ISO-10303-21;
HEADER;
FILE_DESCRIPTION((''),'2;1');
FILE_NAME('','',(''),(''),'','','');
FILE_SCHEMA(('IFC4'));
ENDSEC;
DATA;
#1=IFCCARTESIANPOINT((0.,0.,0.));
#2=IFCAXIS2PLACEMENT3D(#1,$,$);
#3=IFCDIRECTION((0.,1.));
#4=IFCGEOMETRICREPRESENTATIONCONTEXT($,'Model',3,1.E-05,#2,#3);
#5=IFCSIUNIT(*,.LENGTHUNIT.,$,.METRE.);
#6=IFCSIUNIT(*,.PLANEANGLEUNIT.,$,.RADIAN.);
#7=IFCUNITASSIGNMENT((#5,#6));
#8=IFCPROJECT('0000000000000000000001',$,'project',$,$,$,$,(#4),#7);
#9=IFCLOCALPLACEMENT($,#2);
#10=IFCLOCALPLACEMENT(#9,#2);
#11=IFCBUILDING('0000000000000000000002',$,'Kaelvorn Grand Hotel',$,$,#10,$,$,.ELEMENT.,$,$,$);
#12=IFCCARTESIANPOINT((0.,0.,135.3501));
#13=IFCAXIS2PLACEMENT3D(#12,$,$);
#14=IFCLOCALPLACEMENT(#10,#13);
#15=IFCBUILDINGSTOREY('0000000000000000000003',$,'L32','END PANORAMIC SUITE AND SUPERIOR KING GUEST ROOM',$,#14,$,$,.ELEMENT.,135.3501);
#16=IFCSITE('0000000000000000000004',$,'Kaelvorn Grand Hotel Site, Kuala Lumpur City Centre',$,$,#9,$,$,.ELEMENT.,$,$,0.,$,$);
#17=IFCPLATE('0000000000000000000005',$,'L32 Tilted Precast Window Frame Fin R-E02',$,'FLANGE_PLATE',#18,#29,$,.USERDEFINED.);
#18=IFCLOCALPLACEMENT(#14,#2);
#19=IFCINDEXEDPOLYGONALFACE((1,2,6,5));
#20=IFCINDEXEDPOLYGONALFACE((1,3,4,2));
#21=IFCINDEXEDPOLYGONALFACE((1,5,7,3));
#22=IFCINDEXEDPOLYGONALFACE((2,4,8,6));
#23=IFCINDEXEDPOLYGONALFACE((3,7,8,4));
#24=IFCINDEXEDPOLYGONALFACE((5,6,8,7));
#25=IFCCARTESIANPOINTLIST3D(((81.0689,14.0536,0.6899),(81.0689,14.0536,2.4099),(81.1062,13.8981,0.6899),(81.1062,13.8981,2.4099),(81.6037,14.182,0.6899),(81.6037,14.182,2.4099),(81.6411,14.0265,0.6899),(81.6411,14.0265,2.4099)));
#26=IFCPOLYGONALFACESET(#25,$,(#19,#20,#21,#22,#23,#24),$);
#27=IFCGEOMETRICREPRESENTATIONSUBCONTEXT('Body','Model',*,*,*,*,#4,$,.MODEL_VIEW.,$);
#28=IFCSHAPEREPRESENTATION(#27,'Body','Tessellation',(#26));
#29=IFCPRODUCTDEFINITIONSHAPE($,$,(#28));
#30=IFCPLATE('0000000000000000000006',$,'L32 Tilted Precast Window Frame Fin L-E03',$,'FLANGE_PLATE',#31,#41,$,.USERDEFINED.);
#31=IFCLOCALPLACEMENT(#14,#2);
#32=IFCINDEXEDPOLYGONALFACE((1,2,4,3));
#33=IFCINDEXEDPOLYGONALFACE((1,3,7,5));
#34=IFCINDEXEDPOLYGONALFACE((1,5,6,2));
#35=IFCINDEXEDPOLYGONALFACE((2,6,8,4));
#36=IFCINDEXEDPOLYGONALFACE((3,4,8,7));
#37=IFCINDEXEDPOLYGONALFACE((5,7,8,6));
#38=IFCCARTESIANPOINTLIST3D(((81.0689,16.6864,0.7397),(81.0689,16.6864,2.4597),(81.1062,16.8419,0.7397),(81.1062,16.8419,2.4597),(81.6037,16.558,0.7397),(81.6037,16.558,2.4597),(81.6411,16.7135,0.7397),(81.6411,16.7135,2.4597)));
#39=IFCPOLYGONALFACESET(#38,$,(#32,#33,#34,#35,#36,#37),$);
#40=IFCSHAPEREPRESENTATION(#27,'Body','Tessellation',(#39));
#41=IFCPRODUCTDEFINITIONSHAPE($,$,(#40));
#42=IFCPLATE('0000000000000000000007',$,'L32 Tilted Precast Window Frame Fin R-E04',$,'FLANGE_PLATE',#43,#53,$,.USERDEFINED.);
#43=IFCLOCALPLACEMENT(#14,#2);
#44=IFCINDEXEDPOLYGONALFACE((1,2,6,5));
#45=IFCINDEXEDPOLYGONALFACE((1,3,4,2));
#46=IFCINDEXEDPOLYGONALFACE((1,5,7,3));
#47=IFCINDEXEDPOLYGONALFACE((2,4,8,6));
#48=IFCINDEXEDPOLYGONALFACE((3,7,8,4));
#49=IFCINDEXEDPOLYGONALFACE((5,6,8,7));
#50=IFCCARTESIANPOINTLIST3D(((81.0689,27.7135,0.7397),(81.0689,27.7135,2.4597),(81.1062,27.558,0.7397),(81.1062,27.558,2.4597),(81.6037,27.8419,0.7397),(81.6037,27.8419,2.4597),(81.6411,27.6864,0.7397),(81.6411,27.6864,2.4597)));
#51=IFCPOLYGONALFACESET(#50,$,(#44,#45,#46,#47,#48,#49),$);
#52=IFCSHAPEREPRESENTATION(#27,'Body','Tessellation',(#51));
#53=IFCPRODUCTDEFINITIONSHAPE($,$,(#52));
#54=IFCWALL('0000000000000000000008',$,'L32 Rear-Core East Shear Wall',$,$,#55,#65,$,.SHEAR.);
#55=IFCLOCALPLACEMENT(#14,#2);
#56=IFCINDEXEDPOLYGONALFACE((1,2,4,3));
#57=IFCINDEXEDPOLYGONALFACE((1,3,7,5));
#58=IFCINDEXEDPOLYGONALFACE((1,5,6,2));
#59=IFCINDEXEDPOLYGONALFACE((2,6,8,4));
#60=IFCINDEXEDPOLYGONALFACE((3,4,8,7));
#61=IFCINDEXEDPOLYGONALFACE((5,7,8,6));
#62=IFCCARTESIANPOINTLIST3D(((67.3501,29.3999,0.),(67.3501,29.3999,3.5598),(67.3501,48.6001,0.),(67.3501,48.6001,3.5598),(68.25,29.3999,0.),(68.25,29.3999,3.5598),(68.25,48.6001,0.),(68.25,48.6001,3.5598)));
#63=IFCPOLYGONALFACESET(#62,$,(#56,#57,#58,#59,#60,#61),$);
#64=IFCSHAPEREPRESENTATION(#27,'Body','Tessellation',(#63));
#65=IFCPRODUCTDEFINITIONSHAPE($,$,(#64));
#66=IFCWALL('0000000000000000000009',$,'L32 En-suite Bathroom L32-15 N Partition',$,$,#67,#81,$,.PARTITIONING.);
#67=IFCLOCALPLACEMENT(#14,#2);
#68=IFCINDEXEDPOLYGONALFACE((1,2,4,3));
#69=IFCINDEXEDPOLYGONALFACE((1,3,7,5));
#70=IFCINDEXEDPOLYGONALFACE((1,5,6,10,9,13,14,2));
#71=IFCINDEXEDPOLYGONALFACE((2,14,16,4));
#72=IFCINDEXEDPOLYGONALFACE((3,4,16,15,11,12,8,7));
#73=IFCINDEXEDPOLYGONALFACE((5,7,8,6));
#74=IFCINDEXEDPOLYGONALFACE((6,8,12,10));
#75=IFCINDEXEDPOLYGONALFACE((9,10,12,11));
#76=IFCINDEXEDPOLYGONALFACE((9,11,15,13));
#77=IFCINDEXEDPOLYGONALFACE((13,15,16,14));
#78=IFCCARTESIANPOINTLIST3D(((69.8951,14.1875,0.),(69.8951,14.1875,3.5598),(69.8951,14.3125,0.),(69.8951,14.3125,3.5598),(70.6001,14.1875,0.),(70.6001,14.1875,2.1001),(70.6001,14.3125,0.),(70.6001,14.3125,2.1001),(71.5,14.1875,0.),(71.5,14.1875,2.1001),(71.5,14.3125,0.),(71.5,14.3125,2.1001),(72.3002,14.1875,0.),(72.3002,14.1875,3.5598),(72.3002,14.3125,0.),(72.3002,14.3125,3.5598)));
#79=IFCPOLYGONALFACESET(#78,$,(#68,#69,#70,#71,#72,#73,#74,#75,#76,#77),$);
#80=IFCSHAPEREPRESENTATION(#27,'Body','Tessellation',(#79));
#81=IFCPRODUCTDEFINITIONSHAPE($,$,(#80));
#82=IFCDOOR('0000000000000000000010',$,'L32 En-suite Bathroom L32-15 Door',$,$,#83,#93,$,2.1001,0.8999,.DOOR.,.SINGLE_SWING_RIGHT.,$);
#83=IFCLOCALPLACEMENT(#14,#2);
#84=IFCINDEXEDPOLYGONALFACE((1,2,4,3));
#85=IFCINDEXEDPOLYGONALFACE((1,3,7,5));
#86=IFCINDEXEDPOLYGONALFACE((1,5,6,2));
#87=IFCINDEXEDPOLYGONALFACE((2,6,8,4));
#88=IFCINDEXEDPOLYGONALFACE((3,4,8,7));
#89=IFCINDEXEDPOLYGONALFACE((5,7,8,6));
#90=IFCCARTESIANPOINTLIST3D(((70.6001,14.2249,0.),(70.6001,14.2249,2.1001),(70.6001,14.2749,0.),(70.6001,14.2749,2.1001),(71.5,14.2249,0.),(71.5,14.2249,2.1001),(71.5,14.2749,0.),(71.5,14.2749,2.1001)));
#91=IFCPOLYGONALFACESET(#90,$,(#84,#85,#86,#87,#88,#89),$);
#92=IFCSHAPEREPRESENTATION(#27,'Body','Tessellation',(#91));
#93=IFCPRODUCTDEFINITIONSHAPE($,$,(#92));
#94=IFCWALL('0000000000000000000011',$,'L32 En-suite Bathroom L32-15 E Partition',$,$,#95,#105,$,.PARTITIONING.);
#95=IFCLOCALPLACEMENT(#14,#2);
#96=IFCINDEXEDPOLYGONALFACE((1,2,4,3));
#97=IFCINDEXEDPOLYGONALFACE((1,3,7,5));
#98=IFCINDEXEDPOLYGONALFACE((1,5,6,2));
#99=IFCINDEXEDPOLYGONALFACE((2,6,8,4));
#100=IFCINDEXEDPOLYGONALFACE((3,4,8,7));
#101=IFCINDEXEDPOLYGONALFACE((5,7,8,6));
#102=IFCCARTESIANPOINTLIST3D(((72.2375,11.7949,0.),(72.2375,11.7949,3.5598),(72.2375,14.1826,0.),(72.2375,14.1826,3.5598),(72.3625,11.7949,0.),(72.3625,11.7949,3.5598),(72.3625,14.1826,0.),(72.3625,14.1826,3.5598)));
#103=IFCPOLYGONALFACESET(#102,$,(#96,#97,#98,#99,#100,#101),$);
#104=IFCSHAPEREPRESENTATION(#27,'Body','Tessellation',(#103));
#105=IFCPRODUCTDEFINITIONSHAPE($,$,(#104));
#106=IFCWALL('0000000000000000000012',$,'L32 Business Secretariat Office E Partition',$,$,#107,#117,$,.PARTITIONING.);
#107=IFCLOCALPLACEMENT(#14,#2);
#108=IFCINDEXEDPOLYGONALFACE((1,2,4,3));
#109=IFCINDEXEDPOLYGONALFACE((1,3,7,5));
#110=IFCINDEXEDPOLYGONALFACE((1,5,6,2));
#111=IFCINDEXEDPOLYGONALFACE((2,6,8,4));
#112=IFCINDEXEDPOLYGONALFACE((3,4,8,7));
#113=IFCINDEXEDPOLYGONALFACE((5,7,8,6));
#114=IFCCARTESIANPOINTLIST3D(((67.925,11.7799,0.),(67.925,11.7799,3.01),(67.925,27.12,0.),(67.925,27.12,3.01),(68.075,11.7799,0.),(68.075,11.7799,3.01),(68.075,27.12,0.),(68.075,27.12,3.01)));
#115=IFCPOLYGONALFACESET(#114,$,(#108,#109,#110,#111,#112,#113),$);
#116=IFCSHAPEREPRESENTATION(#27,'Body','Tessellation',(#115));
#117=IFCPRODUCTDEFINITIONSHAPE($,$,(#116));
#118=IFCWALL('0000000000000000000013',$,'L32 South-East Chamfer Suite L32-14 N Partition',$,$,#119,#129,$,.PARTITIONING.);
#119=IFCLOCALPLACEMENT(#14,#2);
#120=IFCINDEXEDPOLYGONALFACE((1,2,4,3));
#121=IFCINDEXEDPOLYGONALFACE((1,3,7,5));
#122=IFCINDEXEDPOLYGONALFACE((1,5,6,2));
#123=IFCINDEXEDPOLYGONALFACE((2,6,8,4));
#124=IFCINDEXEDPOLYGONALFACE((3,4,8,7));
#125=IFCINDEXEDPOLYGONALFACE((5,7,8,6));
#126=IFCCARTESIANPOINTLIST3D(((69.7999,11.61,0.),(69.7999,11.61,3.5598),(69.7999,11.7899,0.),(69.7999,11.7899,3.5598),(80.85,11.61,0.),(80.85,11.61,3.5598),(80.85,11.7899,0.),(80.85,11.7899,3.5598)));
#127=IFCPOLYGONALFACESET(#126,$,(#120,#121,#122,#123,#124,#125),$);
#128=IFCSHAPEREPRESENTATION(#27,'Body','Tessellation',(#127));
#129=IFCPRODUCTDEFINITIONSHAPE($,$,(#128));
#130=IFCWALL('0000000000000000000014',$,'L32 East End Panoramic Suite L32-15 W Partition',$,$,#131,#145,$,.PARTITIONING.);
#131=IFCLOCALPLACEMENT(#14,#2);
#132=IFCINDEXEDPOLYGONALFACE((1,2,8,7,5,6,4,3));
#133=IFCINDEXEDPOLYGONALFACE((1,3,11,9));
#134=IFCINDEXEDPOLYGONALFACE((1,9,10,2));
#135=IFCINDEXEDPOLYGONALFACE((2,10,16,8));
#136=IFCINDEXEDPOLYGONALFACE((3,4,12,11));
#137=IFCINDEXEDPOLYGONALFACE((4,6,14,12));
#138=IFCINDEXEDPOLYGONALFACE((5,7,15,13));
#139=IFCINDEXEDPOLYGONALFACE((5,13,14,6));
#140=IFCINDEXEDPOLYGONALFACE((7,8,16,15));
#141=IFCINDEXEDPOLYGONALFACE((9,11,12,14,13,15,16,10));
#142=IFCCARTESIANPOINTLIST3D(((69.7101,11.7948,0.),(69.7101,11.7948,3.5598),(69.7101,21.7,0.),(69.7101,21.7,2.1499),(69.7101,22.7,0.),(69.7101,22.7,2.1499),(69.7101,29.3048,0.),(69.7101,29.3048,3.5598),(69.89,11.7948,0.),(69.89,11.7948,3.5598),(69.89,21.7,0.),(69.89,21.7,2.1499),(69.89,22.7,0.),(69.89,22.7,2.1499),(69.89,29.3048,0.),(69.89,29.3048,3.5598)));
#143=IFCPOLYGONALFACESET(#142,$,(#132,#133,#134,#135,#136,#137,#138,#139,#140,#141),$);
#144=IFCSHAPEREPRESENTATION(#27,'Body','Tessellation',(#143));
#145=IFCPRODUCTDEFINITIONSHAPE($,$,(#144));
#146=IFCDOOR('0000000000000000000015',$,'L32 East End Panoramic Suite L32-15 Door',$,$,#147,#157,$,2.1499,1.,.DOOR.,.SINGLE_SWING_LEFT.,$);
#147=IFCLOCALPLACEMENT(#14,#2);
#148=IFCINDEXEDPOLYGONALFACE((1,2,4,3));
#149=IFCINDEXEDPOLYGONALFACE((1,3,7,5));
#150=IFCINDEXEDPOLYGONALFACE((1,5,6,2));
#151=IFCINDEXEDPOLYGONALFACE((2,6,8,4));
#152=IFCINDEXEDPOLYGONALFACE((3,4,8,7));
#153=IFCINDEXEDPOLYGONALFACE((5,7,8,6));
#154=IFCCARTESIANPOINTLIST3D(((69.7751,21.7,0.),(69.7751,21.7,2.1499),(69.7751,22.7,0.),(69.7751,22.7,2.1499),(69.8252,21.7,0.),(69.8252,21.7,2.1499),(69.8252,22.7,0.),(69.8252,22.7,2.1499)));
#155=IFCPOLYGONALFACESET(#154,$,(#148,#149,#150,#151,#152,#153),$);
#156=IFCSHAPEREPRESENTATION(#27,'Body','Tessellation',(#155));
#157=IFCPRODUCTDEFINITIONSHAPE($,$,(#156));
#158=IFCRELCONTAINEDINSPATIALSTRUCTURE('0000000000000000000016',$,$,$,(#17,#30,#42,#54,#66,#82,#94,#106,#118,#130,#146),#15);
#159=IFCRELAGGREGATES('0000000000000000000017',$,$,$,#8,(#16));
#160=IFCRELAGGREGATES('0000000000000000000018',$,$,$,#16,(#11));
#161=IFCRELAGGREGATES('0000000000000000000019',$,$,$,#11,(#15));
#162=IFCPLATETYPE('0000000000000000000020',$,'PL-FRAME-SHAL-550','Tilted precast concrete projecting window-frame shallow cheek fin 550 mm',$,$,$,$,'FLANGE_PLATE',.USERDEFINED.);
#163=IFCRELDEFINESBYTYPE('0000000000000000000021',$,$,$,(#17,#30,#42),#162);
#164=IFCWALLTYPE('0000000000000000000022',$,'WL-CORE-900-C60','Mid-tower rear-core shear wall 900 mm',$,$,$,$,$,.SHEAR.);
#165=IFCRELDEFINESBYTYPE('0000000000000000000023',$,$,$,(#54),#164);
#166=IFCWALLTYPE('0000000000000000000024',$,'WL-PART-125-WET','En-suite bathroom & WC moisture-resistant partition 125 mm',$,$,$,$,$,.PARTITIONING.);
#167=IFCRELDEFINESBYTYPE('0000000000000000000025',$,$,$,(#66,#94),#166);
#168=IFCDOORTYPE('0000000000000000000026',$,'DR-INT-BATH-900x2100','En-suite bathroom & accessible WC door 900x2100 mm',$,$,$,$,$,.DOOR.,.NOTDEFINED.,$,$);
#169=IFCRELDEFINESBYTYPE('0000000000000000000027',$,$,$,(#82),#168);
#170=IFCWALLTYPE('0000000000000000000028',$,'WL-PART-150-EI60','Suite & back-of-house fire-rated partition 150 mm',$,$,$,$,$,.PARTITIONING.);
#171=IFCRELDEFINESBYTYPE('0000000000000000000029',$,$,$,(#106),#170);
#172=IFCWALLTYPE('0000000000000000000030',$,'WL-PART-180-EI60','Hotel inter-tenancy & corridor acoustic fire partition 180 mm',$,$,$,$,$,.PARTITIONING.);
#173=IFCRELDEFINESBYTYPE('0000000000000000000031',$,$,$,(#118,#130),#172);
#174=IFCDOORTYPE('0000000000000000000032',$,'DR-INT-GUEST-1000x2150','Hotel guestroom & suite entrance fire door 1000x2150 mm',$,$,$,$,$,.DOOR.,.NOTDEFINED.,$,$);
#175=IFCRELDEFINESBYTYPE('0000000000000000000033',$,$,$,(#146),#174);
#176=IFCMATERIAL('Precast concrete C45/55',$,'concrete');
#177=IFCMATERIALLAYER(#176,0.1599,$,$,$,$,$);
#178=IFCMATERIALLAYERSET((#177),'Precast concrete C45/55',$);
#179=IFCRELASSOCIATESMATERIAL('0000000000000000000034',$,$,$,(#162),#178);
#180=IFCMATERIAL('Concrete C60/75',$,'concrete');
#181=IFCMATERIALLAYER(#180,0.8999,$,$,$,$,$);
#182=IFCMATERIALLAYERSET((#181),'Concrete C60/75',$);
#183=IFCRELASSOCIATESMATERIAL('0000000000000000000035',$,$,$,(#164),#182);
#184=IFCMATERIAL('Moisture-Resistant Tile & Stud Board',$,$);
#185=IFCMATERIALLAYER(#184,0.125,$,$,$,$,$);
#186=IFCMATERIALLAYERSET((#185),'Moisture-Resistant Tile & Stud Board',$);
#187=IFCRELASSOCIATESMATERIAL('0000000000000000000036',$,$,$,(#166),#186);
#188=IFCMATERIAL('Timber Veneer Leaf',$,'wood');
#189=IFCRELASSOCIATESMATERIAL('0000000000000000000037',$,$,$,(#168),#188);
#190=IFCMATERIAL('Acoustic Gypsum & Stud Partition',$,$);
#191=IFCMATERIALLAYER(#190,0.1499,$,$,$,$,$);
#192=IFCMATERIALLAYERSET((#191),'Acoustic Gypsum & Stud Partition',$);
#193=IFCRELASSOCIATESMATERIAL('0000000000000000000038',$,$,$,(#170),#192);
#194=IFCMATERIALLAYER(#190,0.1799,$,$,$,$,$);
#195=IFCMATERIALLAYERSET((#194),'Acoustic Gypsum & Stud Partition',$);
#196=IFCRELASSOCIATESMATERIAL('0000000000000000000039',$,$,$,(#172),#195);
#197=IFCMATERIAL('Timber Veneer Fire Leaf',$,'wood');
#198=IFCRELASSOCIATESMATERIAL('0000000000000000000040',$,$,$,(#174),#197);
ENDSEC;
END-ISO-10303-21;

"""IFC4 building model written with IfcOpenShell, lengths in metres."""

from ifc_helpers import new_model, si_unit, direction, frame, frame_2d, origin, origin_2d, place, context, subcontext, project, spatial, rectangle, extrude, material, layer, layer_set, type_object, element, fill, save


model = new_model("IFC4")

# Units and contexts
model_context = context("Model", 3, precision=1e-05, world=origin(), true_north=direction((0.0, 1.0)))
body_context = subcontext(model_context, "Body", "Model", "MODEL_VIEW")
ifc_project = project(units=[si_unit("LENGTHUNIT", "METRE"), si_unit("PLANEANGLEUNIT", "RADIAN")], contexts=[model_context])

# Site, building, storey
site_placement = place(None, origin())
site = spatial("IfcSite", under=ifc_project, at=site_placement, Name="Kaelvorn Grand Hotel Site, Kuala Lumpur City Centre", CompositionType="ELEMENT", RefElevation=0.0)
building_placement = place(site_placement, origin())
building = spatial("IfcBuilding", under=site, at=building_placement, Name="Kaelvorn Grand Hotel", CompositionType="ELEMENT")
storey_placement = place(building_placement, frame((0.0, 0.0, 135.3501)))
storey = spatial("IfcBuildingStorey", under=building, at=storey_placement, Name="L32", Description="END PANORAMIC SUITE AND SUPERIOR KING GUEST ROOM", CompositionType="ELEMENT", Elevation=135.3501)

# Shared definitions
ifc_material_1 = material(Name="Concrete C60/75", Category="concrete")

# Plates
ifc_material_2 = material(Name="Precast concrete C45/55", Category="concrete")
ifc_layer_1 = layer(ifc_material_2, 0.1599)
ifc_layer_set_1 = layer_set([ifc_layer_1], Name="Precast concrete C45/55")
plate_type_1 = type_object("IfcPlateType", Name="PL-FRAME-SHAL-550", Description="Tilted precast concrete projecting window-frame shallow cheek fin 550 mm", ElementType="FLANGE_PLATE", PredefinedType="USERDEFINED", material=ifc_layer_set_1)
for number, where, z_axis, x_axis, name in (
    (1, (81.355, 14.04, 0.6899), (0.0, 0.0, 1.0), (-0.233445, 0.97237, 0.0), "L32 Tilted Precast Window Frame Fin R-E02"),
    (2, (81.355, 16.7, 0.7397), (0.0, 0.0, 1.0), (0.233445, 0.97237, 0.0), "L32 Tilted Precast Window Frame Fin L-E03"),
    (3, (81.355, 27.7, 0.7397), (0.0, 0.0, 1.0), (-0.233445, 0.97237, 0.0), "L32 Tilted Precast Window Frame Fin R-E04"),
):
    element("IfcPlate", number, at=place(storey_placement, frame(where, z_axis=z_axis, x_axis=x_axis)), inside=storey, type_object=plate_type_1, Name=name, ObjectType="FLANGE_PLATE", PredefinedType="USERDEFINED", context=body_context, shape_type="SweptSolid", body=[
        extrude(rectangle(XDim=0.1599, YDim=0.55, at=origin_2d()), origin(), (0.0, 0.0, 1.0), 1.72),
    ])

# Wall
ifc_layer_2 = layer(ifc_material_1, 0.8999)
ifc_layer_set_2 = layer_set([ifc_layer_2], Name="Concrete C60/75")
wall_type_1 = type_object("IfcWallType", Name="WL-CORE-900-C60", Description="Mid-tower rear-core shear wall 900 mm", PredefinedType="SHEAR", material=ifc_layer_set_2)
wall_1_placement = place(storey_placement, frame((67.8, 29.3999, 0.0), z_axis=(0.0, 0.0, 1.0), x_axis=(0.0, 1.0, 0.0)))
element("IfcWall", 4, at=wall_1_placement, inside=storey, type_object=wall_type_1, Name="L32 Rear-Core East Shear Wall", PredefinedType="SHEAR", context=body_context, shape_type="SweptSolid", body=[
    extrude(rectangle(XDim=19.2002, YDim=0.8999, at=frame_2d((9.6001, 0.0))), origin(), (0.0, 0.0, 1.0), 3.5598),
])

# Wall, opening, door
ifc_material_3 = material(Name="Moisture-Resistant Tile & Stud Board")
ifc_layer_3 = layer(ifc_material_3, 0.125)
ifc_layer_set_3 = layer_set([ifc_layer_3], Name="Moisture-Resistant Tile & Stud Board")
wall_type_2 = type_object("IfcWallType", Name="WL-PART-125-WET", Description="En-suite bathroom & WC moisture-resistant partition 125 mm", PredefinedType="PARTITIONING", material=ifc_layer_set_3)
wall_2_placement = place(storey_placement, frame((69.895, 14.25, 0.0), z_axis=(0.0, 0.0, 1.0), x_axis=(1.0, 0.0, 0.0)))
wall_2 = element("IfcWall", 5, at=wall_2_placement, inside=storey, type_object=wall_type_2, Name="L32 En-suite Bathroom L32-15 N Partition", PredefinedType="PARTITIONING", context=body_context, shape_type="SweptSolid", body=[
    extrude(rectangle(XDim=2.405, YDim=0.125, at=frame_2d((1.2026, 0.0))), origin(), (0.0, 0.0, 1.0), 3.5598),
])
opening_1_placement = place(wall_2_placement, frame((0.7051, 0.0, 0.0)))
opening_1 = element("IfcOpeningElement", 6, at=opening_1_placement, cuts=wall_2, PredefinedType="OPENING", context=body_context, shape_type="SweptSolid", body=[
    extrude(rectangle(XDim=0.8999, YDim=2.1001, at=frame_2d((0.45, 1.05))), frame((0.0, 0.0725, 0.0), z_axis=(0.0, -1.0, 0.0), x_axis=(1.0, 0.0, 0.0)), (0.0, 0.0, 1.0), 0.145),
])
ifc_material_4 = material(Name="Timber Veneer Leaf", Category="wood")
door_type_1 = type_object("IfcDoorType", Name="DR-INT-BATH-900x2100", Description="En-suite bathroom & accessible WC door 900x2100 mm", OperationType="NOTDEFINED", PredefinedType="DOOR", material=ifc_material_4)
door_1_placement = place(opening_1_placement, origin())
door_1 = element("IfcDoor", 7, at=door_1_placement, inside=storey, type_object=door_type_1, Name="L32 En-suite Bathroom L32-15 Door", OperationType="SINGLE_SWING_RIGHT", OverallHeight=2.1001, OverallWidth=0.8999, PredefinedType="DOOR", context=body_context, shape_type="SweptSolid", body=[
    extrude(rectangle(XDim=0.8999, YDim=2.1001, at=frame_2d((0.45, 1.05))), frame((0.0, 0.0249, 0.0), z_axis=(0.0, -1.0, 0.0), x_axis=(1.0, 0.0, 0.0)), (0.0, 0.0, 1.0), 0.05),
])
fill(opening_1, door_1)

# Walls
wall_3_placement = place(storey_placement, frame((72.3, 11.7949, 0.0), z_axis=(0.0, 0.0, 1.0), x_axis=(0.0, 1.0, 0.0)))
element("IfcWall", 8, at=wall_3_placement, inside=storey, type_object=wall_type_2, Name="L32 En-suite Bathroom L32-15 E Partition", PredefinedType="PARTITIONING", context=body_context, shape_type="SweptSolid", body=[
    extrude(rectangle(XDim=2.3877, YDim=0.125, at=frame_2d((1.1938, 0.0))), origin(), (0.0, 0.0, 1.0), 3.5598),
])
ifc_material_5 = material(Name="Acoustic Gypsum & Stud Partition")
ifc_layer_4 = layer(ifc_material_5, 0.1499)
ifc_layer_set_4 = layer_set([ifc_layer_4], Name="Acoustic Gypsum & Stud Partition")
wall_type_3 = type_object("IfcWallType", Name="WL-PART-150-EI60", Description="Suite & back-of-house fire-rated partition 150 mm", PredefinedType="PARTITIONING", material=ifc_layer_set_4)
wall_4_placement = place(storey_placement, frame((68.0, 11.78, 0.0), z_axis=(0.0, 0.0, 1.0), x_axis=(0.0, 1.0, 0.0)))
element("IfcWall", 9, at=wall_4_placement, inside=storey, type_object=wall_type_3, Name="L32 Business Secretariat Office E Partition", PredefinedType="PARTITIONING", context=body_context, shape_type="SweptSolid", body=[
    extrude(rectangle(XDim=15.3401, YDim=0.1499, at=frame_2d((7.6699, 0.0))), origin(), (0.0, 0.0, 1.0), 3.01),
])
ifc_layer_5 = layer(ifc_material_5, 0.1799)
ifc_layer_set_5 = layer_set([ifc_layer_5], Name="Acoustic Gypsum & Stud Partition")
wall_type_4 = type_object("IfcWallType", Name="WL-PART-180-EI60", Description="Hotel inter-tenancy & corridor acoustic fire partition 180 mm", PredefinedType="PARTITIONING", material=ifc_layer_set_5)
wall_5_placement = place(storey_placement, frame((69.8, 11.7, 0.0), z_axis=(0.0, 0.0, 1.0), x_axis=(1.0, 0.0, 0.0)))
element("IfcWall", 10, at=wall_5_placement, inside=storey, type_object=wall_type_4, Name="L32 South-East Chamfer Suite L32-14 N Partition", PredefinedType="PARTITIONING", context=body_context, shape_type="SweptSolid", body=[
    extrude(rectangle(XDim=11.05, YDim=0.1799, at=frame_2d((5.5249, 0.0))), origin(), (0.0, 0.0, 1.0), 3.5598),
])

# Wall, opening, door
wall_6_placement = place(storey_placement, frame((69.8, 11.7949, 0.0), z_axis=(0.0, 0.0, 1.0), x_axis=(0.0, 1.0, 0.0)))
wall_6 = element("IfcWall", 11, at=wall_6_placement, inside=storey, type_object=wall_type_4, Name="L32 East End Panoramic Suite L32-15 W Partition", PredefinedType="PARTITIONING", context=body_context, shape_type="SweptSolid", body=[
    extrude(rectangle(XDim=17.51, YDim=0.1799, at=frame_2d((8.7549, 0.0))), origin(), (0.0, 0.0, 1.0), 3.5598),
])
opening_2_placement = place(wall_6_placement, frame((9.905, 0.0, 0.0)))
opening_2 = element("IfcOpeningElement", 12, at=opening_2_placement, cuts=wall_6, PredefinedType="OPENING", context=body_context, shape_type="SweptSolid", body=[
    extrude(rectangle(XDim=1.0, YDim=2.1499, at=frame_2d((0.5, 1.075))), frame((0.0, 0.1001, 0.0), z_axis=(0.0, -1.0, 0.0), x_axis=(1.0, 0.0, 0.0)), (0.0, 0.0, 1.0), 0.2),
])
ifc_material_6 = material(Name="Timber Veneer Fire Leaf", Category="wood")
door_type_2 = type_object("IfcDoorType", Name="DR-INT-GUEST-1000x2150", Description="Hotel guestroom & suite entrance fire door 1000x2150 mm", OperationType="NOTDEFINED", PredefinedType="DOOR", material=ifc_material_6)
door_2_placement = place(opening_2_placement, origin())
door_2 = element("IfcDoor", 13, at=door_2_placement, inside=storey, type_object=door_type_2, Name="L32 East End Panoramic Suite L32-15 Door", OperationType="SINGLE_SWING_LEFT", OverallHeight=2.1499, OverallWidth=1.0, PredefinedType="DOOR", context=body_context, shape_type="SweptSolid", body=[
    extrude(rectangle(XDim=1.0, YDim=2.1499, at=frame_2d((0.5, 1.075))), frame((0.0, 0.0249, 0.0), z_axis=(0.0, -1.0, 0.0), x_axis=(1.0, 0.0, 0.0)), (0.0, 0.0, 1.0), 0.05),
])
fill(opening_2, door_2)

save(model, "model.ifc")
